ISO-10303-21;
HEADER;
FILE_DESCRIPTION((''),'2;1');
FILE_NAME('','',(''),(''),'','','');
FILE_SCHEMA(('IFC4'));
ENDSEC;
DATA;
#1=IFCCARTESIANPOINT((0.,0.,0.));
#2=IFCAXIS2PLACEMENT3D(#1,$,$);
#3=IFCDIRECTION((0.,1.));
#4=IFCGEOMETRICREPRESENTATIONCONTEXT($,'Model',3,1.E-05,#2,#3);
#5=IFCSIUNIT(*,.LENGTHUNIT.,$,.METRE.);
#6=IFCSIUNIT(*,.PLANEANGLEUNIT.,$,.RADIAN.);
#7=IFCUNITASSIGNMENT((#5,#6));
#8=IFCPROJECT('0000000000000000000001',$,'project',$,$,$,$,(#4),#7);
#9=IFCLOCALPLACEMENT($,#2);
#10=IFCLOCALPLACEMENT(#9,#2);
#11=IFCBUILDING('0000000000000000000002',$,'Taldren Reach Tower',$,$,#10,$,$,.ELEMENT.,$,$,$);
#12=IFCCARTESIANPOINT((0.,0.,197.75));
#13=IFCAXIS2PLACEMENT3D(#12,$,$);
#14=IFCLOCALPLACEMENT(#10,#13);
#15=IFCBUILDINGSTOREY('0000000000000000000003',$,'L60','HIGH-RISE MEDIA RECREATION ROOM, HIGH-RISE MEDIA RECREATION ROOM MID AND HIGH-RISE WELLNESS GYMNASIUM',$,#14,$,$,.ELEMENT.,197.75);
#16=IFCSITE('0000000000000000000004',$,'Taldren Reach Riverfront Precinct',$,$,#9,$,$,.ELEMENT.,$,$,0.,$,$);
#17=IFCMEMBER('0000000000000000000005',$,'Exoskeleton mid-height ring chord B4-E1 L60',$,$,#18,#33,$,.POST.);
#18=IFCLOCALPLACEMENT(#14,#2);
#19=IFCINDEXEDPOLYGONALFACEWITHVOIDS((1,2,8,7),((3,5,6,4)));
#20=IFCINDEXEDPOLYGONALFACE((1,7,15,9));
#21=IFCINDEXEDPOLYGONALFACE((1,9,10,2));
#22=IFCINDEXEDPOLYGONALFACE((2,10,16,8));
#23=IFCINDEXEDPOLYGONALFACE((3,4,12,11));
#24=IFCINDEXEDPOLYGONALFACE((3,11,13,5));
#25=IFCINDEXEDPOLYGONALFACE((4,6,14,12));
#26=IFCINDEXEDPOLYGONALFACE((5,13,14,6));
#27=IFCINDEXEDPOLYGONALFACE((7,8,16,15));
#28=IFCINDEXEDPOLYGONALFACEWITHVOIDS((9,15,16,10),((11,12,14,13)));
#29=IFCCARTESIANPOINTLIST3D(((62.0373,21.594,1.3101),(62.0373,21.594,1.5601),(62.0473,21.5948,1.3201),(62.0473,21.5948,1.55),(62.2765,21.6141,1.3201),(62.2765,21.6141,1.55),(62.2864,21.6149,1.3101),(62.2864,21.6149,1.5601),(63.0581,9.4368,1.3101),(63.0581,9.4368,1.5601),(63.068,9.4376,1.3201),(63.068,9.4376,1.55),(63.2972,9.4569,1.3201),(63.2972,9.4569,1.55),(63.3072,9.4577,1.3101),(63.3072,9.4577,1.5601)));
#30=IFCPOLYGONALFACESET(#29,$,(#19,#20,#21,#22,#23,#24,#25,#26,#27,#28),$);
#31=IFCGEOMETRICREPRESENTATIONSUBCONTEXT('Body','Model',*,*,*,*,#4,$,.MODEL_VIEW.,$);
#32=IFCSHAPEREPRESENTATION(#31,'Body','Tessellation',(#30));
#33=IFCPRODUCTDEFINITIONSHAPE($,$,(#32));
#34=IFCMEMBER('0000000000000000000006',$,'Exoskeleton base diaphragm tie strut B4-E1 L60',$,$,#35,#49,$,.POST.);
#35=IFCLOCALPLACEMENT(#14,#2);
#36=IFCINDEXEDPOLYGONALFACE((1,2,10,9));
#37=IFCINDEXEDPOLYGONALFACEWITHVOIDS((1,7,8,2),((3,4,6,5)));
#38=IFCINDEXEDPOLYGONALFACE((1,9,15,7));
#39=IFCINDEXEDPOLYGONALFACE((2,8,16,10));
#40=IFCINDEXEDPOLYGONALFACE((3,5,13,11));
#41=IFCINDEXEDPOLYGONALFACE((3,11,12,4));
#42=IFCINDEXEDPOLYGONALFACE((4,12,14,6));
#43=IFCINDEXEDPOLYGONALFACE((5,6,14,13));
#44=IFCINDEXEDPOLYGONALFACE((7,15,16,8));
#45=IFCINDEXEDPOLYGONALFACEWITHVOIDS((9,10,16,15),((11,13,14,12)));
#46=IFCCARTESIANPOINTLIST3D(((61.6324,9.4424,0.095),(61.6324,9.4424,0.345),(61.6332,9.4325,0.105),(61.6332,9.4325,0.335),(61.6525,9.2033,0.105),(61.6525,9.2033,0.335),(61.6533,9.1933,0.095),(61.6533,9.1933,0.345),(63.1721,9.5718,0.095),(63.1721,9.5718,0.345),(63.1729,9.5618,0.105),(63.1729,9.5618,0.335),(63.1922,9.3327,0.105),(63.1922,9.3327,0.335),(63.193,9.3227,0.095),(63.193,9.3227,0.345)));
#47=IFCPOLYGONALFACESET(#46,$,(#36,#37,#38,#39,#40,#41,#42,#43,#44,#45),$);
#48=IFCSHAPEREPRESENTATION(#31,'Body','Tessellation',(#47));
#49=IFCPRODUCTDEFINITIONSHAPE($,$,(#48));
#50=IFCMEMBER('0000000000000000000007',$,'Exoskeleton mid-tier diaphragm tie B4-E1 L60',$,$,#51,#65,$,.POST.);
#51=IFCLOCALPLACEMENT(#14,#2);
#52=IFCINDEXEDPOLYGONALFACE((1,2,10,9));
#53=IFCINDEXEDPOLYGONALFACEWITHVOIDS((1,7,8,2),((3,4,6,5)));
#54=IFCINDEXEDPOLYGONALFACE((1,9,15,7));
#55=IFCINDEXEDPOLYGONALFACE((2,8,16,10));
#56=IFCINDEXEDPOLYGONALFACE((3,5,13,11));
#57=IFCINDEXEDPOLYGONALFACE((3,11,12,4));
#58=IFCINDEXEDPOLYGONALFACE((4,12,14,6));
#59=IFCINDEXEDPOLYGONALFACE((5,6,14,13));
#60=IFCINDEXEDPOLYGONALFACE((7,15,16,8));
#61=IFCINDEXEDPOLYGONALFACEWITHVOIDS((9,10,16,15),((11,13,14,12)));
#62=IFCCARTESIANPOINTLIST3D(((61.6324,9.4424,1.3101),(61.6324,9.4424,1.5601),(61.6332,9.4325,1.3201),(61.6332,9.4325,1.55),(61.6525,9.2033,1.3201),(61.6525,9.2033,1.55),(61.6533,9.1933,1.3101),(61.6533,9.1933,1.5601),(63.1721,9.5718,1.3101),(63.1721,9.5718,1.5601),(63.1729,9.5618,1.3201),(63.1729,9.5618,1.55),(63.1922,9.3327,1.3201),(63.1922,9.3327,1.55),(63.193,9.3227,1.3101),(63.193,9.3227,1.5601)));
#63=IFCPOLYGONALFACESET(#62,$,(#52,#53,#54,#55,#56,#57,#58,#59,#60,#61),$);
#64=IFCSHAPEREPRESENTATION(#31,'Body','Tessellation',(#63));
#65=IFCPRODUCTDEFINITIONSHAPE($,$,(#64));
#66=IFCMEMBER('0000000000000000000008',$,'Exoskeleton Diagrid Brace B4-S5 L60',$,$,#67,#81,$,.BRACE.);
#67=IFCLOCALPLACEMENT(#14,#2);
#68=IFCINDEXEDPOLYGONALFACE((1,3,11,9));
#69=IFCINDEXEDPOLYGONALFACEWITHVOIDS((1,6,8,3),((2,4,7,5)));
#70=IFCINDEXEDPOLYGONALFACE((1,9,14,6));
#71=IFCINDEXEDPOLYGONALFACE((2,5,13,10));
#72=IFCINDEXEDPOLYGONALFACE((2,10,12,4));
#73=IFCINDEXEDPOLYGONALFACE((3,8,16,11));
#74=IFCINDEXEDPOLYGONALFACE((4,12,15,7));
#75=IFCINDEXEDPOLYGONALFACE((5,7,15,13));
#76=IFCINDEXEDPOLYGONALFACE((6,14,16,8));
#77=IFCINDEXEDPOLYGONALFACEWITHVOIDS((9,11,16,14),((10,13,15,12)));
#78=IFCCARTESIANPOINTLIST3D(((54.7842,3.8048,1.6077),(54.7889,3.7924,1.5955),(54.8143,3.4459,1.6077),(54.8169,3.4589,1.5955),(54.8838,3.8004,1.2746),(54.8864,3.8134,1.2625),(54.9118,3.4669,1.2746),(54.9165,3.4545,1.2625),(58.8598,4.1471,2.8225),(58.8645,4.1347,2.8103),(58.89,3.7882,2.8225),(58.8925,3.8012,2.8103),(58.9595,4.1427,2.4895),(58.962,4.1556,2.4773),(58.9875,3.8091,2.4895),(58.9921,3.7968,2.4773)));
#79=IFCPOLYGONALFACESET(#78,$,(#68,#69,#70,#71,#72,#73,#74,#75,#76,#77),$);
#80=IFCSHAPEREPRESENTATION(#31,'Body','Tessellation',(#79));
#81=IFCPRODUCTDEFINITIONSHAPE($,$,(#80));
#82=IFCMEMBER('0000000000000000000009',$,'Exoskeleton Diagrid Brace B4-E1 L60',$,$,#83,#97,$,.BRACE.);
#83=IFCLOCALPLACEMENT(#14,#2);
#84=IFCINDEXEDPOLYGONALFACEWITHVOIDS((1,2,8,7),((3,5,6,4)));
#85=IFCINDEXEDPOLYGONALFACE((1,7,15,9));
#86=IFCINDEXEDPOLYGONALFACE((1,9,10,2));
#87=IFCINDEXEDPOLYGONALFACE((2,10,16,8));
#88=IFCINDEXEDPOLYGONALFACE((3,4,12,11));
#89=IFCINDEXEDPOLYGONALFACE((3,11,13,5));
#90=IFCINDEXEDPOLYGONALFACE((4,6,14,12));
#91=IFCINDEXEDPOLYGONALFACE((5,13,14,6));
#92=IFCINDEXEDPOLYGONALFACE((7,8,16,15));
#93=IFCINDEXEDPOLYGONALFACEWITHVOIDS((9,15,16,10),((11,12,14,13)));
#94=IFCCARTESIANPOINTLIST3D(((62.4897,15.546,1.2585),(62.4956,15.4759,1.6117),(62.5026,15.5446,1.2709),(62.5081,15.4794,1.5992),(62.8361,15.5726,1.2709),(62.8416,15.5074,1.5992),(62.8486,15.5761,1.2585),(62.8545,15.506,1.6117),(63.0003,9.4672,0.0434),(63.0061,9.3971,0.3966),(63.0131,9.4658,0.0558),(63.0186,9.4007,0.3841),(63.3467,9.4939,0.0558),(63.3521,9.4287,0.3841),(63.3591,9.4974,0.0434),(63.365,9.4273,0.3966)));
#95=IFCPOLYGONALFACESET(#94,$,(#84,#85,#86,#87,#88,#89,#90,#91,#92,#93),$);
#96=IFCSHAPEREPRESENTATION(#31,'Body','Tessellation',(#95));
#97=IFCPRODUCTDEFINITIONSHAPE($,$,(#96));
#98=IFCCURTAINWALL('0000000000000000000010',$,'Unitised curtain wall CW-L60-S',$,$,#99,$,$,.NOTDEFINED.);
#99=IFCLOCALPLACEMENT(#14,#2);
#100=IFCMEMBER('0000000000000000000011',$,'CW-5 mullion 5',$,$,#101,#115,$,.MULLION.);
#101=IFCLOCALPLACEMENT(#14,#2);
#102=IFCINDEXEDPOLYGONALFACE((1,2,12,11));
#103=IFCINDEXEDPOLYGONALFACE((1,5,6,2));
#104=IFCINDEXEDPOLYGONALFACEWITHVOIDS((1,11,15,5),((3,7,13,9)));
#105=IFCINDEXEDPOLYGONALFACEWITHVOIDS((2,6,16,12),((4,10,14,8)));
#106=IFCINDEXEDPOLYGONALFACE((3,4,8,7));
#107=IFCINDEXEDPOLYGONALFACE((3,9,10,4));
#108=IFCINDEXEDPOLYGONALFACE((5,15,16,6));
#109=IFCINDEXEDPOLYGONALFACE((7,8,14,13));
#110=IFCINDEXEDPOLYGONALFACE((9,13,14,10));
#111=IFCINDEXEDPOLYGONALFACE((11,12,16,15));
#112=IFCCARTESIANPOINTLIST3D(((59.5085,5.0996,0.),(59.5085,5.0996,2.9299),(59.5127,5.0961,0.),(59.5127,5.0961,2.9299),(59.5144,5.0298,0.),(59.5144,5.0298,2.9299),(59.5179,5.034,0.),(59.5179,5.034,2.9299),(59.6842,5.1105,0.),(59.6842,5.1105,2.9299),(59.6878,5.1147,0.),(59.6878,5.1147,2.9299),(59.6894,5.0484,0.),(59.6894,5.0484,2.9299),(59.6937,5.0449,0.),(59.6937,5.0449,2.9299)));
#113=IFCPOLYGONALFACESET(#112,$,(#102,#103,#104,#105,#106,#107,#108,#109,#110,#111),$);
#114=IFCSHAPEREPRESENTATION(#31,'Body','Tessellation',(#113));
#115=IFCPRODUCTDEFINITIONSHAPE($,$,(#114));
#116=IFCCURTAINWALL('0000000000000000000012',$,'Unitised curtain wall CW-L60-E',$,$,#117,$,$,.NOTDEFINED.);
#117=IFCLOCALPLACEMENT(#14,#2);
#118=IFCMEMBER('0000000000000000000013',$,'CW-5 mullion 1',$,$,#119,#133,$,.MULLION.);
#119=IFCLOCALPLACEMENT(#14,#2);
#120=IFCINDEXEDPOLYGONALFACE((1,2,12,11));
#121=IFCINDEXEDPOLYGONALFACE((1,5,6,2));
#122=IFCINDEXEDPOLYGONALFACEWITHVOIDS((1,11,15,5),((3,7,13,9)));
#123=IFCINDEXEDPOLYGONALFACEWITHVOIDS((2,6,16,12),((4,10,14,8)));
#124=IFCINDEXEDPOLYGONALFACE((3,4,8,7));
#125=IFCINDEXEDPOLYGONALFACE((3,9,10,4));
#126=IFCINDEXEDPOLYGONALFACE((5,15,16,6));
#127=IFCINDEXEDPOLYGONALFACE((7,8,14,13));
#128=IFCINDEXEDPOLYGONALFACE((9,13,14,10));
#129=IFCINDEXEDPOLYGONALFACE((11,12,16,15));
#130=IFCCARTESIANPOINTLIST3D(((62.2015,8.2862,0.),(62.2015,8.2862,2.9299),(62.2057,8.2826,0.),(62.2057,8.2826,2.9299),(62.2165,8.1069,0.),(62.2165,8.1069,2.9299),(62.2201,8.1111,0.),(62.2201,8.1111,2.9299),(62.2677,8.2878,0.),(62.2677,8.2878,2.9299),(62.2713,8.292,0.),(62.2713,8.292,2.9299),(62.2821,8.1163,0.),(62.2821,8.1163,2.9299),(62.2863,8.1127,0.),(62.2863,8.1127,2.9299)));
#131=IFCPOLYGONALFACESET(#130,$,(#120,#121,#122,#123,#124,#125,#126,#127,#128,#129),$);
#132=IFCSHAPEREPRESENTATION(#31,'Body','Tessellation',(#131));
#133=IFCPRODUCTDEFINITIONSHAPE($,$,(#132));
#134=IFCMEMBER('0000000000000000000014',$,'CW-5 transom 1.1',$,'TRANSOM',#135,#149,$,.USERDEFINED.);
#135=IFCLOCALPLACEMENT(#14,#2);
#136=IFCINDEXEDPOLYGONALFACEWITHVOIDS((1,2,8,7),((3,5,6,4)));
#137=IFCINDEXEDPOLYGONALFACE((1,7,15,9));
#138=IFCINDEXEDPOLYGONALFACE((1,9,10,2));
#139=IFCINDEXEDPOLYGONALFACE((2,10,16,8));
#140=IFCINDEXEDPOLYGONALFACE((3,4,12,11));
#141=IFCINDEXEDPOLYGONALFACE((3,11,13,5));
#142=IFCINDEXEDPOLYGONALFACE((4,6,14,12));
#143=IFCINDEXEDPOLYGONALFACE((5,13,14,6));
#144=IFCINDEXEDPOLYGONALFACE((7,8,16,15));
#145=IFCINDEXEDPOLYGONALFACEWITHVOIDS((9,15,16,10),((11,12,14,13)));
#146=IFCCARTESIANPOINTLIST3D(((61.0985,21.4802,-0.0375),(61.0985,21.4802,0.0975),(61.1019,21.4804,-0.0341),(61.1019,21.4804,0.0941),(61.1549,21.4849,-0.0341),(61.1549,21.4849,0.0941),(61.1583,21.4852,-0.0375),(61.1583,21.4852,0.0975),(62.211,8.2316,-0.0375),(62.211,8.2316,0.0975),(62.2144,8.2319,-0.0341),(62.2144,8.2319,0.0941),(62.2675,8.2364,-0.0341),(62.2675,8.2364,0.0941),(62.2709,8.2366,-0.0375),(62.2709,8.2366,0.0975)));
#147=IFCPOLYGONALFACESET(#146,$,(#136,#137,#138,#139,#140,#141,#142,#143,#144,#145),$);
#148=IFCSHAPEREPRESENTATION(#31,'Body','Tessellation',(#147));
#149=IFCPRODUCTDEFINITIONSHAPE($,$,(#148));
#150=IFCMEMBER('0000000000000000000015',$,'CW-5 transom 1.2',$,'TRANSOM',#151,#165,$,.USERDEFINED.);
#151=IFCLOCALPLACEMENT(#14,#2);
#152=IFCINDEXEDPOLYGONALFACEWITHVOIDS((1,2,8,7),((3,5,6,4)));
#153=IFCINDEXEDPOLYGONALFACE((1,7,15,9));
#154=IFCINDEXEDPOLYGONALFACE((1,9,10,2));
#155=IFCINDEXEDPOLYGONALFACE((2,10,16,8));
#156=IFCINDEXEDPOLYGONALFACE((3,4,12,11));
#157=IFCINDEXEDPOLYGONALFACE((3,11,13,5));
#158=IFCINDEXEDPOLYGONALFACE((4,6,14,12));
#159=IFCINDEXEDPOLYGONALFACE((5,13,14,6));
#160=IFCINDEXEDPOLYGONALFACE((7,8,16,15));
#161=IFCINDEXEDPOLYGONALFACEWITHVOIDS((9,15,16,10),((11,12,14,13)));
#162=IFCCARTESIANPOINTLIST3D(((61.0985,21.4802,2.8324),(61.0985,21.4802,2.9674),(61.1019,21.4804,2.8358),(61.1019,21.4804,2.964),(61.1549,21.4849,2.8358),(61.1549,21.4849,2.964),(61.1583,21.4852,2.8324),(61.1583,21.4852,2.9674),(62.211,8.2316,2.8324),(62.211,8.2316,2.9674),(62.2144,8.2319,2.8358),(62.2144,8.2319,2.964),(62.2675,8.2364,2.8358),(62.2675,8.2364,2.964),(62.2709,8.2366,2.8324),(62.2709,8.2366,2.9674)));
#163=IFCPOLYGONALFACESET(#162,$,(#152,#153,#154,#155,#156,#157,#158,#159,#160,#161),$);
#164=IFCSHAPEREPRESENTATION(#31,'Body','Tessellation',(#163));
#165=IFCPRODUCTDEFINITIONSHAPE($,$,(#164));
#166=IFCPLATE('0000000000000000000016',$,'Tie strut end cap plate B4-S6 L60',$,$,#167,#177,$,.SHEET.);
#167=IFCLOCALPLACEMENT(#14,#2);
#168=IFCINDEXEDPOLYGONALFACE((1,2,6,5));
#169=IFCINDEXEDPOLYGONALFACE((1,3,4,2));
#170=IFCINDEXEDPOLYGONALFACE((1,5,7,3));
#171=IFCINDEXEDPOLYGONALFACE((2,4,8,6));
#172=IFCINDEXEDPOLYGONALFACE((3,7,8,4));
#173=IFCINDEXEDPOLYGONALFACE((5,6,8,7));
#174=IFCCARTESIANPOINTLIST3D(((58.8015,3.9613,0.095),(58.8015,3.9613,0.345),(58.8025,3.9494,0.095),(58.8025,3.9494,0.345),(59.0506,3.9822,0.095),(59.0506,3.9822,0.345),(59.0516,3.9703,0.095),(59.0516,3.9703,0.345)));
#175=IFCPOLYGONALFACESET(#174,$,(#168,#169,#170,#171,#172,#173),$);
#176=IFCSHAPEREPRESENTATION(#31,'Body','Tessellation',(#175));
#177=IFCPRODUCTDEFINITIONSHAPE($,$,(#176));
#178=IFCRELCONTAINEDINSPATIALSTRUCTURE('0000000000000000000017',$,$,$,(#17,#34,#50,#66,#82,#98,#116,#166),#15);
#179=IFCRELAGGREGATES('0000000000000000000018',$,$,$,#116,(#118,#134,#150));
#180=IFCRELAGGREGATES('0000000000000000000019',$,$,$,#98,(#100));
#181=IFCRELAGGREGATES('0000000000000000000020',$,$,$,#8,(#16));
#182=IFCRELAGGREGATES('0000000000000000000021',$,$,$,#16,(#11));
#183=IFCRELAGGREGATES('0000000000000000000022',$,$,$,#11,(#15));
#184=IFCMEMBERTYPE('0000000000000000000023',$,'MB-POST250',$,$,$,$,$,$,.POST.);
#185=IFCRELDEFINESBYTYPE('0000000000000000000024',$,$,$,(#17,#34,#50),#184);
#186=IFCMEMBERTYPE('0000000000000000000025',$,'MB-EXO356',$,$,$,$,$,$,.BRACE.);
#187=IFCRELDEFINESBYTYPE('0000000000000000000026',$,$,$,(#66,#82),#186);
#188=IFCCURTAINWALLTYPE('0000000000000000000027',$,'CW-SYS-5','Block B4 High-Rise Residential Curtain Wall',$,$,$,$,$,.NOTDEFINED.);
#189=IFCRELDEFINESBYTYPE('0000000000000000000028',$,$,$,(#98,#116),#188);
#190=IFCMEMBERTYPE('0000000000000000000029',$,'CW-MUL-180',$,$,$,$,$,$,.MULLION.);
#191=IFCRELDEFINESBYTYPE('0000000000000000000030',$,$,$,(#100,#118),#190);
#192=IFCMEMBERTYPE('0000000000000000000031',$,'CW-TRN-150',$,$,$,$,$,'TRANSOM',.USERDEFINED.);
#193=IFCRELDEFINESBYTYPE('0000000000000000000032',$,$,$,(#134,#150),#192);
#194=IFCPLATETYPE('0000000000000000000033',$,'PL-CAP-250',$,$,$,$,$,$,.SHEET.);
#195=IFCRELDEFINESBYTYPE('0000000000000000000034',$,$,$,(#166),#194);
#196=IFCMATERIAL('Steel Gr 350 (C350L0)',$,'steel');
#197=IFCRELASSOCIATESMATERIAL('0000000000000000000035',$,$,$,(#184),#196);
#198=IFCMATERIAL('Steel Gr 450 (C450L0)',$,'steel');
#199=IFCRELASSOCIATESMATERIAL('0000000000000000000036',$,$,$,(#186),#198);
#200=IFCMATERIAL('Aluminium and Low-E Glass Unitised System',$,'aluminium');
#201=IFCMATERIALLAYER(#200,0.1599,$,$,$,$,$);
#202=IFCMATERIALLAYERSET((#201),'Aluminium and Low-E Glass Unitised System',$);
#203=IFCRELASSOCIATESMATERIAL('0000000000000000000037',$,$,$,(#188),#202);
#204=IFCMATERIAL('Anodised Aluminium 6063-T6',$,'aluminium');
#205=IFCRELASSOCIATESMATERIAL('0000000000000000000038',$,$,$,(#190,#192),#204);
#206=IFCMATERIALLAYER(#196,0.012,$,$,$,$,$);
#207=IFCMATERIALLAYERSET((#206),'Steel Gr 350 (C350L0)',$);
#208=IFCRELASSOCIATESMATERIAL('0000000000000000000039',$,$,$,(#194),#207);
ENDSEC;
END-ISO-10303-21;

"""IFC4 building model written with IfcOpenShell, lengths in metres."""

from ifc_helpers import new_model, si_unit, direction, frame, origin, origin_2d, place, context, subcontext, project, spatial, rectangle, hollow_rectangle, extrude, source, transform, mapped, material, layer, layer_set, material_profile, profile_set, type_object, element, aggregate, save


model = new_model("IFC4")

# Units and contexts
model_context = context("Model", 3, precision=1e-05, world=origin(), true_north=direction((0.0, 1.0)))
body_context = subcontext(model_context, "Body", "Model", "MODEL_VIEW")
ifc_project = project(units=[si_unit("LENGTHUNIT", "METRE"), si_unit("PLANEANGLEUNIT", "RADIAN")], contexts=[model_context])

# Site, building, storey
site_placement = place(None, origin())
site = spatial("IfcSite", under=ifc_project, at=site_placement, Name="Taldren Reach Riverfront Precinct", CompositionType="ELEMENT", RefElevation=0.0)
building_placement = place(site_placement, origin())
building = spatial("IfcBuilding", under=site, at=building_placement, Name="Taldren Reach Tower", CompositionType="ELEMENT")
storey_placement = place(building_placement, frame((0.0, 0.0, 197.75)))
storey = spatial("IfcBuildingStorey", under=building, at=storey_placement, Name="L60", Description="HIGH-RISE MEDIA RECREATION ROOM, HIGH-RISE MEDIA RECREATION ROOM MID AND HIGH-RISE WELLNESS GYMNASIUM", CompositionType="ELEMENT", Elevation=197.75)

# Shared definitions
ifc_material_1 = material(Name="Steel Gr 350 (C350L0)", Category="steel")

# Shared definitions
ifc_material_profile_1 = material_profile(ifc_material_1, hollow_rectangle(XDim=0.25, YDim=0.25, WallThickness=0.01, at=origin_2d()), Name="250x250x10.0SHS")
ifc_profile_set_1 = profile_set([ifc_material_profile_1], Name="Steel Gr 350 (C350L0)")
member_type_1 = type_object("IfcMemberType", Name="MB-POST250", PredefinedType="POST", material=ifc_profile_set_1)

# Members
ifc_material_2 = material(Name="Steel Gr 450 (C450L0)", Category="steel")
shared_shape_1 = source(origin(), body_context, "Body", "SweptSolid", [
    extrude(hollow_rectangle(XDim=0.25, YDim=0.25, WallThickness=0.01, at=origin_2d()), origin(), (0.0, 0.0, 1.0), 12.2),
])
member_1_placement = place(storey_placement, frame((63.1826, 9.4473, 1.4351), z_axis=(-0.083668, 0.996494, 0.0), x_axis=(-0.996494, -0.083668, 0.0)))
element("IfcMember", 1, at=member_1_placement, inside=storey, type_object=member_type_1, Name="Exoskeleton mid-height ring chord B4-E1 L60", PredefinedType="POST", context=body_context, shape_type="MappedRepresentation", body=[
    mapped(shared_shape_1, transform((0.0, 0.0, 0.0), scale=1.0)),
])
shared_shape_2 = source(origin(), body_context, "Body", "SweptSolid", [
    extrude(hollow_rectangle(XDim=0.25, YDim=0.25, WallThickness=0.01, at=origin_2d()), origin(), (0.0, 0.0, 1.0), 1.5452),
])
for number, where, z_axis, x_axis, name in (
    (2, (61.6428, 9.3179, 0.22), (0.996488, 0.083738, 0.0), (-0.083738, 0.996488, 0.0), "Exoskeleton base diaphragm tie strut B4-E1 L60"),
    (3, (61.6428, 9.3179, 1.4351), (0.996488, 0.083738, 0.0), (-0.083738, 0.996488, 0.0), "Exoskeleton mid-tier diaphragm tie B4-E1 L60"),
):
    element("IfcMember", number, at=place(storey_placement, frame(where, z_axis=z_axis, x_axis=x_axis)), inside=storey, type_object=member_type_1, Name=name, PredefinedType="POST", context=body_context, shape_type="MappedRepresentation", body=[
        mapped(shared_shape_2, transform((0.0, 0.0, 0.0), scale=1.0)),
    ])
ifc_material_profile_2 = material_profile(ifc_material_2, hollow_rectangle(XDim=0.3601, YDim=0.3601, WallThickness=0.0127, at=origin_2d()), Name="360x360x12.7SHS")
ifc_profile_set_2 = profile_set([ifc_material_profile_2], Name="Steel Gr 450 (C450L0)")
member_type_2 = type_object("IfcMemberType", Name="MB-EXO356", PredefinedType="BRACE", material=ifc_profile_set_2)
shared_shape_3 = source(origin(), body_context, "Body", "SweptSolid", [
    extrude(hollow_rectangle(XDim=0.3601, YDim=0.3601, WallThickness=0.0127, at=origin_2d()), origin(), (0.0, 0.0, 1.0), 4.2666),
])
member_2_placement = place(storey_placement, frame((54.8503, 3.6296, 1.4351), z_axis=(0.955245, 0.080224, 0.284731), x_axis=(-0.083688, 0.996492, 0.0)))
element("IfcMember", 4, at=member_2_placement, inside=storey, type_object=member_type_2, Name="Exoskeleton Diagrid Brace B4-S5 L60", PredefinedType="BRACE", context=body_context, shape_type="MappedRepresentation", body=[
    mapped(shared_shape_3, transform((0.0, 0.0, 0.0), scale=1.0)),
])
shared_shape_4 = source(origin(), body_context, "Body", "SweptSolid", [
    extrude(hollow_rectangle(XDim=0.3601, YDim=0.3601, WallThickness=0.0127, at=origin_2d()), origin(), (0.0, 0.0, 1.0), 6.22),
])
member_3_placement = place(storey_placement, frame((63.1826, 9.4473, 0.22), z_axis=(-0.082076, 0.977292, 0.195356), x_axis=(-0.996492, -0.083688, 0.0)))
element("IfcMember", 5, at=member_3_placement, inside=storey, type_object=member_type_2, Name="Exoskeleton Diagrid Brace B4-E1 L60", PredefinedType="BRACE", context=body_context, shape_type="MappedRepresentation", body=[
    mapped(shared_shape_4, transform((0.0, 0.0, 0.0), scale=1.0)),
])

# Curtain wall, member
ifc_material_3 = material(Name="Aluminium and Low-E Glass Unitised System", Category="aluminium")
ifc_layer_1 = layer(ifc_material_3, 0.1599)
ifc_layer_set_1 = layer_set([ifc_layer_1], Name="Aluminium and Low-E Glass Unitised System")
curtain_wall_type = type_object("IfcCurtainWallType", Name="CW-SYS-5", Description="Block B4 High-Rise Residential Curtain Wall", PredefinedType="NOTDEFINED", material=ifc_layer_set_1)
curtain_wall_1_placement = place(storey_placement, origin())
curtain_wall_1 = element("IfcCurtainWall", 6, at=curtain_wall_1_placement, inside=storey, type_object=curtain_wall_type, Name="Unitised curtain wall CW-L60-S", PredefinedType="NOTDEFINED")
ifc_material_4 = material(Name="Anodised Aluminium 6063-T6", Category="aluminium")
ifc_material_profile_3 = material_profile(ifc_material_4, hollow_rectangle(XDim=0.0701, YDim=0.1799, WallThickness=0.0039, at=origin_2d()), Name="ALU-180x70x4RHS")
ifc_profile_set_3 = profile_set([ifc_material_profile_3], Name="Anodised Aluminium 6063-T6")
member_type_3 = type_object("IfcMemberType", Name="CW-MUL-180", PredefinedType="MULLION", material=ifc_profile_set_3)
shared_shape_5 = source(origin(), body_context, "Body", "SweptSolid", [
    extrude(hollow_rectangle(XDim=0.0701, YDim=0.1799, WallThickness=0.0039, at=origin_2d()), origin(), (0.0, 0.0, 1.0), 2.9299),
])
member_4_placement = place(storey_placement, frame((59.6011, 5.0723, 0.0), z_axis=(0.0, 0.0, 1.0), x_axis=(-0.083678, 0.996493, 0.0)))
member_4 = element("IfcMember", 7, at=member_4_placement, type_object=member_type_3, Name="CW-5 mullion 5", PredefinedType="MULLION", context=body_context, shape_type="MappedRepresentation", body=[
    mapped(shared_shape_5, transform((0.0, 0.0, 0.0), scale=1.0)),
])

# Curtain wall, members
curtain_wall_2_placement = place(storey_placement, origin())
curtain_wall_2 = element("IfcCurtainWall", 8, at=curtain_wall_2_placement, inside=storey, type_object=curtain_wall_type, Name="Unitised curtain wall CW-L60-E", PredefinedType="NOTDEFINED")
member_5_placement = place(storey_placement, frame((62.2439, 8.1995, 0.0), z_axis=(0.0, 0.0, 1.0), x_axis=(-0.996493, -0.083678, 0.0)))
member_5 = element("IfcMember", 9, at=member_5_placement, type_object=member_type_3, Name="CW-5 mullion 1", PredefinedType="MULLION", context=body_context, shape_type="MappedRepresentation", body=[
    mapped(shared_shape_5, transform((0.0, 0.0, 0.0), scale=1.0)),
])
ifc_material_profile_4 = material_profile(ifc_material_4, hollow_rectangle(XDim=0.0601, YDim=0.135, WallThickness=0.0034, at=origin_2d()), Name="ALU-135x60x3.5RHS")
ifc_profile_set_4 = profile_set([ifc_material_profile_4], Name="Anodised Aluminium 6063-T6")
member_type_4 = type_object("IfcMemberType", Name="CW-TRN-150", ElementType="TRANSOM", PredefinedType="USERDEFINED", material=ifc_profile_set_4)
shared_shape_6 = source(origin(), body_context, "Body", "SweptSolid", [
    extrude(hollow_rectangle(XDim=0.0601, YDim=0.135, WallThickness=0.0034, at=origin_2d()), origin(), (0.0, 0.0, 1.0), 13.2952),
])
member_6_placement = place(storey_placement, frame((62.241, 8.2341, 0.03), z_axis=(-0.083681, 0.996493, 0.0), x_axis=(-0.996493, -0.083681, 0.0)))
member_6 = element("IfcMember", 10, at=member_6_placement, type_object=member_type_4, Name="CW-5 transom 1.1", ObjectType="TRANSOM", PredefinedType="USERDEFINED", context=body_context, shape_type="MappedRepresentation", body=[
    mapped(shared_shape_6, transform((0.0, 0.0, 0.0), scale=1.0)),
])
member_7_placement = place(storey_placement, frame((62.241, 8.2341, 2.8999), z_axis=(-0.083681, 0.996493, 0.0), x_axis=(-0.996493, -0.083681, 0.0)))
member_7 = element("IfcMember", 11, at=member_7_placement, type_object=member_type_4, Name="CW-5 transom 1.2", ObjectType="TRANSOM", PredefinedType="USERDEFINED", context=body_context, shape_type="MappedRepresentation", body=[
    mapped(shared_shape_6, transform((0.0, 0.0, 0.0), scale=1.0)),
])
aggregate(curtain_wall_2, [member_5, member_6, member_7])

# Plate
ifc_layer_2 = layer(ifc_material_1, 0.012)
ifc_layer_set_2 = layer_set([ifc_layer_2], Name="Steel Gr 350 (C350L0)")
plate_type_1 = type_object("IfcPlateType", Name="PL-CAP-250", PredefinedType="SHEET", material=ifc_layer_set_2)
shared_shape_7 = source(origin(), body_context, "Body", "SweptSolid", [
    extrude(rectangle(XDim=0.25, YDim=0.012, at=origin_2d()), origin(), (0.0, 0.0, 1.0), 0.25),
])
plate_1_placement = place(storey_placement, frame((58.9265, 3.9658, 0.095), z_axis=(0.0, 0.0, 1.0), x_axis=(0.996493, 0.083678, 0.0)))
element("IfcPlate", 12, at=plate_1_placement, inside=storey, type_object=plate_type_1, Name="Tie strut end cap plate B4-S6 L60", PredefinedType="SHEET", context=body_context, shape_type="MappedRepresentation", body=[
    mapped(shared_shape_7, transform((0.0, 0.0, 0.0), scale=1.0)),
])
aggregate(curtain_wall_1, [member_4])

save(model, "model.ifc")
